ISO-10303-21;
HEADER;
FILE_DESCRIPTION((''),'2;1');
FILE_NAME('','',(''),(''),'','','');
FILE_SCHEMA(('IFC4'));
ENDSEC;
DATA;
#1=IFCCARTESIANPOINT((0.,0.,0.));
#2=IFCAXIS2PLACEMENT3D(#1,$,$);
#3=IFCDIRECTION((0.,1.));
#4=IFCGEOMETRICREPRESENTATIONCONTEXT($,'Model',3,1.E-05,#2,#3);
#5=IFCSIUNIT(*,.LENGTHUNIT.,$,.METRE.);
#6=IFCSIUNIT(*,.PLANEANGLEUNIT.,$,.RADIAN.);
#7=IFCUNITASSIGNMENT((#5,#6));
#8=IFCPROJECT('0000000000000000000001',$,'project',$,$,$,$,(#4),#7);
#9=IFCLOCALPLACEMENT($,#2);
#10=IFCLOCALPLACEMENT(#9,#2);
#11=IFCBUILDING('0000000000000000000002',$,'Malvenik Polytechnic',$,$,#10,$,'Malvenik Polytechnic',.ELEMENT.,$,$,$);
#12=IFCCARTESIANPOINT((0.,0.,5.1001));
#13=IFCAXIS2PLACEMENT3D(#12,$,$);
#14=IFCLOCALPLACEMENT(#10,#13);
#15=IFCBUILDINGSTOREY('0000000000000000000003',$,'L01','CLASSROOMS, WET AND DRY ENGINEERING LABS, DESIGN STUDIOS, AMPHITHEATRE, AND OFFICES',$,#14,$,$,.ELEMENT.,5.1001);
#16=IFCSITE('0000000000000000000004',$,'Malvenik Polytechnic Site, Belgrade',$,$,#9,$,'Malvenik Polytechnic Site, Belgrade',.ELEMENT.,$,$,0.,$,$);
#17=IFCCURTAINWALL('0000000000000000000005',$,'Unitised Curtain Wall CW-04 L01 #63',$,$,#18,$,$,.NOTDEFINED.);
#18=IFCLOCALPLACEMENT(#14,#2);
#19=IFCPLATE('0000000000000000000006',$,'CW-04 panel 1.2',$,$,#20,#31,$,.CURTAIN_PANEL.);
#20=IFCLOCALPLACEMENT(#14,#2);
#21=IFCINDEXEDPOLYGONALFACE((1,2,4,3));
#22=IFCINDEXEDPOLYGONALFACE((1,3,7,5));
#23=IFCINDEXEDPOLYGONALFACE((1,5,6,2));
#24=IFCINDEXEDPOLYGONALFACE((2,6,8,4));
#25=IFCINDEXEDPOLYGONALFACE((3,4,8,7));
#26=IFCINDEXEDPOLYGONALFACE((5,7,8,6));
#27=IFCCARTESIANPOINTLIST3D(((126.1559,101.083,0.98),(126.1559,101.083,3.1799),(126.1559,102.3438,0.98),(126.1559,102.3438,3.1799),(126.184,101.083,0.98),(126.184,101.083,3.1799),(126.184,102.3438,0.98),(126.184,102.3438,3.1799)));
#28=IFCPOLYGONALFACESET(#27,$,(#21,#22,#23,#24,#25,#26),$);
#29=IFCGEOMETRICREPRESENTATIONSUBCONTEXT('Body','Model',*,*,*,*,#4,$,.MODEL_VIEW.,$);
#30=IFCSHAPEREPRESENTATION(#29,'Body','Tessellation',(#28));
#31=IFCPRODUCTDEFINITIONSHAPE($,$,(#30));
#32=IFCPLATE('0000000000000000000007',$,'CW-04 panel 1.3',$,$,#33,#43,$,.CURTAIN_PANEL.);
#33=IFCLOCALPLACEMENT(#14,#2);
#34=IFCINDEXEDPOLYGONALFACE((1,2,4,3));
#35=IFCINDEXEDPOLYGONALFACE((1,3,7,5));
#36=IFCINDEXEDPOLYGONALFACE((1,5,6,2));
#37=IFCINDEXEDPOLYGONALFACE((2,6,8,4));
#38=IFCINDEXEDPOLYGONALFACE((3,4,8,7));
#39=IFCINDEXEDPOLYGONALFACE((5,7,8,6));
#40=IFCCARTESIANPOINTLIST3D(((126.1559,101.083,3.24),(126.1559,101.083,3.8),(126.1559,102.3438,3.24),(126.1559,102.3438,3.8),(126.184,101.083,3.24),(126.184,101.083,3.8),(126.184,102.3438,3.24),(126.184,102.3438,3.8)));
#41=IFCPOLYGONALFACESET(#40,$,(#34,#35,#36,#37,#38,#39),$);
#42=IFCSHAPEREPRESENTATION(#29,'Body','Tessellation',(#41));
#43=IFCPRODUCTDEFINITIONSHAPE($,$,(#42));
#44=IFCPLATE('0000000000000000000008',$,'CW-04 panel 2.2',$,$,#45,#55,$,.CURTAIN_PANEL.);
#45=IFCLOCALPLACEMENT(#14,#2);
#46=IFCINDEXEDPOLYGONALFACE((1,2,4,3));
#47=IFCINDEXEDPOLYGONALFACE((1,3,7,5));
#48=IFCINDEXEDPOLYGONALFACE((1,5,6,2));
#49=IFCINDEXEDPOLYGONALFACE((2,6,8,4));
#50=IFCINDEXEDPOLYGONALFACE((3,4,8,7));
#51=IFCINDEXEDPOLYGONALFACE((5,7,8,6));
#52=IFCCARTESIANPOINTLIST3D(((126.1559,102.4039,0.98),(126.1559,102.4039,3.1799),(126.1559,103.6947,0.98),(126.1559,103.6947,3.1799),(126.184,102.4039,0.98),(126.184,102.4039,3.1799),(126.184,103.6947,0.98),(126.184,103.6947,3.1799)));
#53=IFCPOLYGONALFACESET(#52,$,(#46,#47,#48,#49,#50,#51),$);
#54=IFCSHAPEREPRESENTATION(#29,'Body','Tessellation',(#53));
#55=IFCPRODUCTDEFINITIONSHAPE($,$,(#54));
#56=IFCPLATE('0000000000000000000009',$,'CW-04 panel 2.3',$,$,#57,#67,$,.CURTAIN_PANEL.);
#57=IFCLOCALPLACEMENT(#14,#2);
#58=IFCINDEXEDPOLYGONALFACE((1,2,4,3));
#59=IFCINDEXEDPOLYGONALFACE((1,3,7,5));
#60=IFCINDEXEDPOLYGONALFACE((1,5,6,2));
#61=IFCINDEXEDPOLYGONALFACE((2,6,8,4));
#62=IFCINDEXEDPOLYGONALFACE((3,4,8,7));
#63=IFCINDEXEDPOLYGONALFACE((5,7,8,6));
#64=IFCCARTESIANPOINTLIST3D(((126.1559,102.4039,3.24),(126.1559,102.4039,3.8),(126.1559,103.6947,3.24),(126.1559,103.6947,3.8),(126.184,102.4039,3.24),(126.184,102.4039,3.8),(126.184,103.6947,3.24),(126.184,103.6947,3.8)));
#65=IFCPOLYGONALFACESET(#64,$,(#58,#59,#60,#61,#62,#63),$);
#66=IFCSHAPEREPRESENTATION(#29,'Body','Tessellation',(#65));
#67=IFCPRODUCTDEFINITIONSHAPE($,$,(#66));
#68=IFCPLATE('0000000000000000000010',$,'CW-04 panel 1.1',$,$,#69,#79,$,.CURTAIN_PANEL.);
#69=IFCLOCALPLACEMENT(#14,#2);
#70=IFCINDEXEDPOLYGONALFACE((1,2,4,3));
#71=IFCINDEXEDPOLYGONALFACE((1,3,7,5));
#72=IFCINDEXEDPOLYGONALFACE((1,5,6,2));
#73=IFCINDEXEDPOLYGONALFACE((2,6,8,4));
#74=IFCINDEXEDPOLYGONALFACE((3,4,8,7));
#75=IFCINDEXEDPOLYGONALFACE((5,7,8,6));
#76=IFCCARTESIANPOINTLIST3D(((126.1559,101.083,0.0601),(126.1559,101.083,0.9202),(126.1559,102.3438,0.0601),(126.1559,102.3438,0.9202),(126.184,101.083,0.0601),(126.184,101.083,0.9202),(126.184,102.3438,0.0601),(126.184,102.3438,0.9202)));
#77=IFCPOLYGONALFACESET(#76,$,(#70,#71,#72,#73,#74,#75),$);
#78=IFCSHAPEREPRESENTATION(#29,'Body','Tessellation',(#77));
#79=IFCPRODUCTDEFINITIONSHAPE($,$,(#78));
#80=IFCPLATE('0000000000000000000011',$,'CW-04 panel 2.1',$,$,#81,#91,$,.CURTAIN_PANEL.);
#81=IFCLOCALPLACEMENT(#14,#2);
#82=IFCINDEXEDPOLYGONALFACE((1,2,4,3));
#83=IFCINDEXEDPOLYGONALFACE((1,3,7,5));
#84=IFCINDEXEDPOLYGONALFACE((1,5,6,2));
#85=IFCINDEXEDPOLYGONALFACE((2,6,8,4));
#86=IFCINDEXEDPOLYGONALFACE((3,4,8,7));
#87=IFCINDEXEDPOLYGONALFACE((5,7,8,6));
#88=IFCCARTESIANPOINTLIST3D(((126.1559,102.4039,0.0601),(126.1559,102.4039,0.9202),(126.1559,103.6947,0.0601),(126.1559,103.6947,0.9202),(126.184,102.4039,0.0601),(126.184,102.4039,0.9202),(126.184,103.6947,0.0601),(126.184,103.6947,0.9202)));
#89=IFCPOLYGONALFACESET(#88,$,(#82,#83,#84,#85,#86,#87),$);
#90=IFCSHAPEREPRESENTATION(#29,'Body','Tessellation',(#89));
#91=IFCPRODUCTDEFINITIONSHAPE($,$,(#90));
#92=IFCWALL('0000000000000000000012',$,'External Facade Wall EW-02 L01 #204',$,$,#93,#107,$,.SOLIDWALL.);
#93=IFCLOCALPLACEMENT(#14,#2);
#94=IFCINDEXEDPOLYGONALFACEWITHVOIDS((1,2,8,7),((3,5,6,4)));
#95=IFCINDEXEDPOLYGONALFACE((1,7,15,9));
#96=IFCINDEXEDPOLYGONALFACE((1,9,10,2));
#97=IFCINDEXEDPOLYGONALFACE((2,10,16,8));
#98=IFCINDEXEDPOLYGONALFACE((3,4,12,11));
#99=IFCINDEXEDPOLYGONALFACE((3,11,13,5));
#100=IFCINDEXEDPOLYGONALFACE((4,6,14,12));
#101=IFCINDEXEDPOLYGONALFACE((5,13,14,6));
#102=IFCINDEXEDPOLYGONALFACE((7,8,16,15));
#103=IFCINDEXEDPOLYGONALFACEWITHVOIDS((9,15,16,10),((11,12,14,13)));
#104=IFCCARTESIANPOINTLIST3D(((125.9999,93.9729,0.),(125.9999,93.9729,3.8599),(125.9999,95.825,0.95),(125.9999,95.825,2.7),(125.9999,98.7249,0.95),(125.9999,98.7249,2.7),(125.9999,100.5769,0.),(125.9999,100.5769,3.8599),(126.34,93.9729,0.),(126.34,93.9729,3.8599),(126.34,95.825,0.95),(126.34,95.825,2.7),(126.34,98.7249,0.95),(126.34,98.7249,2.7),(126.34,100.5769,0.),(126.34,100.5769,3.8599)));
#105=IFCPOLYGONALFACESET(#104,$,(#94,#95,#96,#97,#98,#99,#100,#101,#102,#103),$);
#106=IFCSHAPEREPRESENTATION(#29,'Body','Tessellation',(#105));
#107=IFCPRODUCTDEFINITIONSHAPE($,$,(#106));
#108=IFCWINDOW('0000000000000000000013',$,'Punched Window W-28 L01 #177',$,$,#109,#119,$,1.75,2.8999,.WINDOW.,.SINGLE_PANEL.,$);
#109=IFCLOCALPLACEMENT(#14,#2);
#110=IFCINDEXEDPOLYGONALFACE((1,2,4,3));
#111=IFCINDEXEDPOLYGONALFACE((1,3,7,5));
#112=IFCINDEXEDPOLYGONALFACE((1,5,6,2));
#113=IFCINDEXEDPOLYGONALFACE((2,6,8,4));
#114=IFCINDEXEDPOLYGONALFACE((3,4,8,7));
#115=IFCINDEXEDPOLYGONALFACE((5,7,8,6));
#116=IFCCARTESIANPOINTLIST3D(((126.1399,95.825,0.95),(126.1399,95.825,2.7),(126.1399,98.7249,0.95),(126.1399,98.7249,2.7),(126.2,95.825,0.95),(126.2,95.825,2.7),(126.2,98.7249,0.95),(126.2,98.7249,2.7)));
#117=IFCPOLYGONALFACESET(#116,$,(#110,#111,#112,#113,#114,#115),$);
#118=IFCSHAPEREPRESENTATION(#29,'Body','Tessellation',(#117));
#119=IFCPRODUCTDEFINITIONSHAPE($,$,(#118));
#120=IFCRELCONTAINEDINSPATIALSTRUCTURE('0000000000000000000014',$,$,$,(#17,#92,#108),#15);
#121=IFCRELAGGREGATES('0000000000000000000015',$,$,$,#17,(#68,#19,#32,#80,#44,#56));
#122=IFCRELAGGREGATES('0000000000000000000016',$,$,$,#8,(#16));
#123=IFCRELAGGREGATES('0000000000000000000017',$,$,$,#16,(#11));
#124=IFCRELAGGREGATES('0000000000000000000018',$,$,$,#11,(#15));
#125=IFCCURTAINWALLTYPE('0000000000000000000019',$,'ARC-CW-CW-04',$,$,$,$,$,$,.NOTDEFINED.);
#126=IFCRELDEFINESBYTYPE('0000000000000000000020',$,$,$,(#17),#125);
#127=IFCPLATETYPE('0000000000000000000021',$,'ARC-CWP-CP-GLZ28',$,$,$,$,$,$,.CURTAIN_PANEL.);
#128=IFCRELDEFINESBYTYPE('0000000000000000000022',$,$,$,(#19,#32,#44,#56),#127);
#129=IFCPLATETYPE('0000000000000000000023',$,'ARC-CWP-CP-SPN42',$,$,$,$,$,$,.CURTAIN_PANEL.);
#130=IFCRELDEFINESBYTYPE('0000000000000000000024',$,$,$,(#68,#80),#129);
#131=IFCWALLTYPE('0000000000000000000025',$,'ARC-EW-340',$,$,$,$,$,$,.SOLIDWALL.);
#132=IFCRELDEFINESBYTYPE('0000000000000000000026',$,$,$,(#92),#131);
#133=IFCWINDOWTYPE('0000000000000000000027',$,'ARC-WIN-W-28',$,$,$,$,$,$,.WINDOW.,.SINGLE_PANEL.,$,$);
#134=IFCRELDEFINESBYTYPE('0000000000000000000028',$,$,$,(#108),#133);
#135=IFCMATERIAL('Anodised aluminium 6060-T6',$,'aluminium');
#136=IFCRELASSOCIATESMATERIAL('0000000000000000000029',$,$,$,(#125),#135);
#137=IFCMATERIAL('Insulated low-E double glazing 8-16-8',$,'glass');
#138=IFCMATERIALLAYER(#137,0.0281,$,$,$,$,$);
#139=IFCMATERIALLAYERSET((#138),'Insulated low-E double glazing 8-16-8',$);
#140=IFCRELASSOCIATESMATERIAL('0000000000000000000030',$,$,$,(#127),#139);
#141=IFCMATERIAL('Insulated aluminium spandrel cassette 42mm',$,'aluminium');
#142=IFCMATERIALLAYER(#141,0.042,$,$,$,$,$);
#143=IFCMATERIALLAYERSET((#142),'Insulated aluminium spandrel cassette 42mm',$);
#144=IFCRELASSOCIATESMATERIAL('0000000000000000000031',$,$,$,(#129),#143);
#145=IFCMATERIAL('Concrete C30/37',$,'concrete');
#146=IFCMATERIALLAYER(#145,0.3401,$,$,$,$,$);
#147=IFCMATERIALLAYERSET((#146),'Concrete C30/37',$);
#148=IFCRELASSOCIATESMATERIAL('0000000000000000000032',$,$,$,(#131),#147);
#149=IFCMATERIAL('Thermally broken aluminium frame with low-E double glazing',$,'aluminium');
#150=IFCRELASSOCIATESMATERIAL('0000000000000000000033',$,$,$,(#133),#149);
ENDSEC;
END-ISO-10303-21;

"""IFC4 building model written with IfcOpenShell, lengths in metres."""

from ifc_helpers import new_model, si_unit, direction, frame, frame_2d, origin, origin_2d, place, context, subcontext, project, spatial, rectangle, extrude, material, layer, layer_set, type_object, element, fill, aggregate, save


model = new_model("IFC4")

# Units and contexts
model_context = context("Model", 3, precision=1e-05, world=origin(), true_north=direction((0.0, 1.0)))
body_context = subcontext(model_context, "Body", "Model", "MODEL_VIEW")
ifc_project = project(units=[si_unit("LENGTHUNIT", "METRE"), si_unit("PLANEANGLEUNIT", "RADIAN")], contexts=[model_context])

# Site, building, storey
site_placement = place(None, origin())
site = spatial("IfcSite", under=ifc_project, at=site_placement, Name="Malvenik Polytechnic Site, Belgrade", LongName="Malvenik Polytechnic Site, Belgrade", CompositionType="ELEMENT", RefElevation=0.0)
building_placement = place(site_placement, origin())
building = spatial("IfcBuilding", under=site, at=building_placement, Name="Malvenik Polytechnic", LongName="Malvenik Polytechnic", CompositionType="ELEMENT")
storey_placement = place(building_placement, frame((0.0, 0.0, 5.1001)))
storey = spatial("IfcBuildingStorey", under=building, at=storey_placement, Name="L01", Description="CLASSROOMS, WET AND DRY ENGINEERING LABS, DESIGN STUDIOS, AMPHITHEATRE, AND OFFICES", CompositionType="ELEMENT", Elevation=5.1001)

# Curtain wall
ifc_material_1 = material(Name="Anodised aluminium 6060-T6", Category="aluminium")
curtain_wall_type = type_object("IfcCurtainWallType", Name="ARC-CW-CW-04", PredefinedType="NOTDEFINED", material=ifc_material_1)
curtain_wall_placement = place(storey_placement, origin())
curtain_wall = element("IfcCurtainWall", 1, at=curtain_wall_placement, inside=storey, type_object=curtain_wall_type, Name="Unitised Curtain Wall CW-04 L01 #63", PredefinedType="NOTDEFINED")

# Plates
ifc_material_2 = material(Name="Insulated low-E double glazing 8-16-8", Category="glass")
ifc_layer_1 = layer(ifc_material_2, 0.0281)
ifc_layer_set_1 = layer_set([ifc_layer_1], Name="Insulated low-E double glazing 8-16-8")
plate_type_1 = type_object("IfcPlateType", Name="ARC-CWP-CP-GLZ28", PredefinedType="CURTAIN_PANEL", material=ifc_layer_set_1)
plate_1_placement = place(storey_placement, frame((126.1699, 101.7134, 0.98), z_axis=(0.0, 0.0, 1.0), x_axis=(0.0, 1.0, 0.0)))
plate_1 = element("IfcPlate", 2, at=plate_1_placement, type_object=plate_type_1, Name="CW-04 panel 1.2", PredefinedType="CURTAIN_PANEL", context=body_context, shape_type="SweptSolid", body=[
    extrude(rectangle(XDim=1.2607, YDim=0.0281, at=origin_2d()), origin(), (0.0, 0.0, 1.0), 2.2),
])
plate_2_placement = place(storey_placement, frame((126.1699, 101.7134, 3.24), z_axis=(0.0, 0.0, 1.0), x_axis=(0.0, 1.0, 0.0)))
plate_2 = element("IfcPlate", 3, at=plate_2_placement, type_object=plate_type_1, Name="CW-04 panel 1.3", PredefinedType="CURTAIN_PANEL", context=body_context, shape_type="SweptSolid", body=[
    extrude(rectangle(XDim=1.2607, YDim=0.0281, at=origin_2d()), origin(), (0.0, 0.0, 1.0), 0.5601),
])
plate_3_placement = place(storey_placement, frame((126.1699, 103.0493, 0.98), z_axis=(0.0, 0.0, 1.0), x_axis=(0.0, 1.0, 0.0)))
plate_3 = element("IfcPlate", 4, at=plate_3_placement, type_object=plate_type_1, Name="CW-04 panel 2.2", PredefinedType="CURTAIN_PANEL", context=body_context, shape_type="SweptSolid", body=[
    extrude(rectangle(XDim=1.2908, YDim=0.0281, at=origin_2d()), origin(), (0.0, 0.0, 1.0), 2.2),
])
plate_4_placement = place(storey_placement, frame((126.1699, 103.0493, 3.24), z_axis=(0.0, 0.0, 1.0), x_axis=(0.0, 1.0, 0.0)))
plate_4 = element("IfcPlate", 5, at=plate_4_placement, type_object=plate_type_1, Name="CW-04 panel 2.3", PredefinedType="CURTAIN_PANEL", context=body_context, shape_type="SweptSolid", body=[
    extrude(rectangle(XDim=1.2908, YDim=0.0281, at=origin_2d()), origin(), (0.0, 0.0, 1.0), 0.5601),
])
ifc_material_3 = material(Name="Insulated aluminium spandrel cassette 42mm", Category="aluminium")
ifc_layer_2 = layer(ifc_material_3, 0.042)
ifc_layer_set_2 = layer_set([ifc_layer_2], Name="Insulated aluminium spandrel cassette 42mm")
plate_type_2 = type_object("IfcPlateType", Name="ARC-CWP-CP-SPN42", PredefinedType="CURTAIN_PANEL", material=ifc_layer_set_2)
plate_5_placement = place(storey_placement, frame((126.1699, 101.7134, 0.0601), z_axis=(0.0, 0.0, 1.0), x_axis=(0.0, 1.0, 0.0)))
plate_5 = element("IfcPlate", 6, at=plate_5_placement, type_object=plate_type_2, Name="CW-04 panel 1.1", PredefinedType="CURTAIN_PANEL", context=body_context, shape_type="SweptSolid", body=[
    extrude(rectangle(XDim=1.2607, YDim=0.0281, at=origin_2d()), origin(), (0.0, 0.0, 1.0), 0.8601),
])
plate_6_placement = place(storey_placement, frame((126.1699, 103.0493, 0.0601), z_axis=(0.0, 0.0, 1.0), x_axis=(0.0, 1.0, 0.0)))
plate_6 = element("IfcPlate", 7, at=plate_6_placement, type_object=plate_type_2, Name="CW-04 panel 2.1", PredefinedType="CURTAIN_PANEL", context=body_context, shape_type="SweptSolid", body=[
    extrude(rectangle(XDim=1.2908, YDim=0.0281, at=origin_2d()), origin(), (0.0, 0.0, 1.0), 0.8601),
])
aggregate(curtain_wall, [plate_5, plate_1, plate_2, plate_6, plate_3, plate_4])

# Wall, opening, window
ifc_material_4 = material(Name="Concrete C30/37", Category="concrete")
ifc_layer_3 = layer(ifc_material_4, 0.3401)
ifc_layer_set_3 = layer_set([ifc_layer_3], Name="Concrete C30/37")
wall_type = type_object("IfcWallType", Name="ARC-EW-340", PredefinedType="SOLIDWALL", material=ifc_layer_set_3)
wall_placement = place(storey_placement, frame((126.1699, 93.9729, 0.0), z_axis=(0.0, 0.0, 1.0), x_axis=(0.0, 1.0, 0.0)))
wall = element("IfcWall", 8, at=wall_placement, inside=storey, type_object=wall_type, Name="External Facade Wall EW-02 L01 #204", PredefinedType="SOLIDWALL", context=body_context, shape_type="SweptSolid", body=[
    extrude(rectangle(XDim=6.604, YDim=0.3401, at=frame_2d((3.302, 0.0))), origin(), (0.0, 0.0, 1.0), 3.8599),
])
opening_placement = place(wall_placement, frame((1.8521, 0.0, 0.95)))
opening = element("IfcOpeningElement", 9, at=opening_placement, cuts=wall, PredefinedType="OPENING", context=body_context, shape_type="SweptSolid", body=[
    extrude(rectangle(XDim=2.8999, YDim=1.75, at=frame_2d((1.45, 0.875))), frame((0.0, 0.1802, 0.0), z_axis=(0.0, -1.0, 0.0), x_axis=(1.0, 0.0, 0.0)), (0.0, 0.0, 1.0), 0.3601),
])
ifc_material_5 = material(Name="Thermally broken aluminium frame with low-E double glazing", Category="aluminium")
window_type = type_object("IfcWindowType", Name="ARC-WIN-W-28", PartitioningType="SINGLE_PANEL", PredefinedType="WINDOW", material=ifc_material_5)
window_placement = place(opening_placement, origin())
window = element("IfcWindow", 10, at=window_placement, inside=storey, type_object=window_type, Name="Punched Window W-28 L01 #177", OverallHeight=1.75, OverallWidth=2.8999, PartitioningType="SINGLE_PANEL", PredefinedType="WINDOW", context=body_context, shape_type="SweptSolid", body=[
    extrude(rectangle(XDim=2.8999, YDim=1.75, at=frame_2d((1.45, 0.875))), frame((0.0, 0.03, 0.0), z_axis=(0.0, -1.0, 0.0), x_axis=(1.0, 0.0, 0.0)), (0.0, 0.0, 1.0), 0.0601),
])
fill(opening, window)

save(model, "model.ifc")
